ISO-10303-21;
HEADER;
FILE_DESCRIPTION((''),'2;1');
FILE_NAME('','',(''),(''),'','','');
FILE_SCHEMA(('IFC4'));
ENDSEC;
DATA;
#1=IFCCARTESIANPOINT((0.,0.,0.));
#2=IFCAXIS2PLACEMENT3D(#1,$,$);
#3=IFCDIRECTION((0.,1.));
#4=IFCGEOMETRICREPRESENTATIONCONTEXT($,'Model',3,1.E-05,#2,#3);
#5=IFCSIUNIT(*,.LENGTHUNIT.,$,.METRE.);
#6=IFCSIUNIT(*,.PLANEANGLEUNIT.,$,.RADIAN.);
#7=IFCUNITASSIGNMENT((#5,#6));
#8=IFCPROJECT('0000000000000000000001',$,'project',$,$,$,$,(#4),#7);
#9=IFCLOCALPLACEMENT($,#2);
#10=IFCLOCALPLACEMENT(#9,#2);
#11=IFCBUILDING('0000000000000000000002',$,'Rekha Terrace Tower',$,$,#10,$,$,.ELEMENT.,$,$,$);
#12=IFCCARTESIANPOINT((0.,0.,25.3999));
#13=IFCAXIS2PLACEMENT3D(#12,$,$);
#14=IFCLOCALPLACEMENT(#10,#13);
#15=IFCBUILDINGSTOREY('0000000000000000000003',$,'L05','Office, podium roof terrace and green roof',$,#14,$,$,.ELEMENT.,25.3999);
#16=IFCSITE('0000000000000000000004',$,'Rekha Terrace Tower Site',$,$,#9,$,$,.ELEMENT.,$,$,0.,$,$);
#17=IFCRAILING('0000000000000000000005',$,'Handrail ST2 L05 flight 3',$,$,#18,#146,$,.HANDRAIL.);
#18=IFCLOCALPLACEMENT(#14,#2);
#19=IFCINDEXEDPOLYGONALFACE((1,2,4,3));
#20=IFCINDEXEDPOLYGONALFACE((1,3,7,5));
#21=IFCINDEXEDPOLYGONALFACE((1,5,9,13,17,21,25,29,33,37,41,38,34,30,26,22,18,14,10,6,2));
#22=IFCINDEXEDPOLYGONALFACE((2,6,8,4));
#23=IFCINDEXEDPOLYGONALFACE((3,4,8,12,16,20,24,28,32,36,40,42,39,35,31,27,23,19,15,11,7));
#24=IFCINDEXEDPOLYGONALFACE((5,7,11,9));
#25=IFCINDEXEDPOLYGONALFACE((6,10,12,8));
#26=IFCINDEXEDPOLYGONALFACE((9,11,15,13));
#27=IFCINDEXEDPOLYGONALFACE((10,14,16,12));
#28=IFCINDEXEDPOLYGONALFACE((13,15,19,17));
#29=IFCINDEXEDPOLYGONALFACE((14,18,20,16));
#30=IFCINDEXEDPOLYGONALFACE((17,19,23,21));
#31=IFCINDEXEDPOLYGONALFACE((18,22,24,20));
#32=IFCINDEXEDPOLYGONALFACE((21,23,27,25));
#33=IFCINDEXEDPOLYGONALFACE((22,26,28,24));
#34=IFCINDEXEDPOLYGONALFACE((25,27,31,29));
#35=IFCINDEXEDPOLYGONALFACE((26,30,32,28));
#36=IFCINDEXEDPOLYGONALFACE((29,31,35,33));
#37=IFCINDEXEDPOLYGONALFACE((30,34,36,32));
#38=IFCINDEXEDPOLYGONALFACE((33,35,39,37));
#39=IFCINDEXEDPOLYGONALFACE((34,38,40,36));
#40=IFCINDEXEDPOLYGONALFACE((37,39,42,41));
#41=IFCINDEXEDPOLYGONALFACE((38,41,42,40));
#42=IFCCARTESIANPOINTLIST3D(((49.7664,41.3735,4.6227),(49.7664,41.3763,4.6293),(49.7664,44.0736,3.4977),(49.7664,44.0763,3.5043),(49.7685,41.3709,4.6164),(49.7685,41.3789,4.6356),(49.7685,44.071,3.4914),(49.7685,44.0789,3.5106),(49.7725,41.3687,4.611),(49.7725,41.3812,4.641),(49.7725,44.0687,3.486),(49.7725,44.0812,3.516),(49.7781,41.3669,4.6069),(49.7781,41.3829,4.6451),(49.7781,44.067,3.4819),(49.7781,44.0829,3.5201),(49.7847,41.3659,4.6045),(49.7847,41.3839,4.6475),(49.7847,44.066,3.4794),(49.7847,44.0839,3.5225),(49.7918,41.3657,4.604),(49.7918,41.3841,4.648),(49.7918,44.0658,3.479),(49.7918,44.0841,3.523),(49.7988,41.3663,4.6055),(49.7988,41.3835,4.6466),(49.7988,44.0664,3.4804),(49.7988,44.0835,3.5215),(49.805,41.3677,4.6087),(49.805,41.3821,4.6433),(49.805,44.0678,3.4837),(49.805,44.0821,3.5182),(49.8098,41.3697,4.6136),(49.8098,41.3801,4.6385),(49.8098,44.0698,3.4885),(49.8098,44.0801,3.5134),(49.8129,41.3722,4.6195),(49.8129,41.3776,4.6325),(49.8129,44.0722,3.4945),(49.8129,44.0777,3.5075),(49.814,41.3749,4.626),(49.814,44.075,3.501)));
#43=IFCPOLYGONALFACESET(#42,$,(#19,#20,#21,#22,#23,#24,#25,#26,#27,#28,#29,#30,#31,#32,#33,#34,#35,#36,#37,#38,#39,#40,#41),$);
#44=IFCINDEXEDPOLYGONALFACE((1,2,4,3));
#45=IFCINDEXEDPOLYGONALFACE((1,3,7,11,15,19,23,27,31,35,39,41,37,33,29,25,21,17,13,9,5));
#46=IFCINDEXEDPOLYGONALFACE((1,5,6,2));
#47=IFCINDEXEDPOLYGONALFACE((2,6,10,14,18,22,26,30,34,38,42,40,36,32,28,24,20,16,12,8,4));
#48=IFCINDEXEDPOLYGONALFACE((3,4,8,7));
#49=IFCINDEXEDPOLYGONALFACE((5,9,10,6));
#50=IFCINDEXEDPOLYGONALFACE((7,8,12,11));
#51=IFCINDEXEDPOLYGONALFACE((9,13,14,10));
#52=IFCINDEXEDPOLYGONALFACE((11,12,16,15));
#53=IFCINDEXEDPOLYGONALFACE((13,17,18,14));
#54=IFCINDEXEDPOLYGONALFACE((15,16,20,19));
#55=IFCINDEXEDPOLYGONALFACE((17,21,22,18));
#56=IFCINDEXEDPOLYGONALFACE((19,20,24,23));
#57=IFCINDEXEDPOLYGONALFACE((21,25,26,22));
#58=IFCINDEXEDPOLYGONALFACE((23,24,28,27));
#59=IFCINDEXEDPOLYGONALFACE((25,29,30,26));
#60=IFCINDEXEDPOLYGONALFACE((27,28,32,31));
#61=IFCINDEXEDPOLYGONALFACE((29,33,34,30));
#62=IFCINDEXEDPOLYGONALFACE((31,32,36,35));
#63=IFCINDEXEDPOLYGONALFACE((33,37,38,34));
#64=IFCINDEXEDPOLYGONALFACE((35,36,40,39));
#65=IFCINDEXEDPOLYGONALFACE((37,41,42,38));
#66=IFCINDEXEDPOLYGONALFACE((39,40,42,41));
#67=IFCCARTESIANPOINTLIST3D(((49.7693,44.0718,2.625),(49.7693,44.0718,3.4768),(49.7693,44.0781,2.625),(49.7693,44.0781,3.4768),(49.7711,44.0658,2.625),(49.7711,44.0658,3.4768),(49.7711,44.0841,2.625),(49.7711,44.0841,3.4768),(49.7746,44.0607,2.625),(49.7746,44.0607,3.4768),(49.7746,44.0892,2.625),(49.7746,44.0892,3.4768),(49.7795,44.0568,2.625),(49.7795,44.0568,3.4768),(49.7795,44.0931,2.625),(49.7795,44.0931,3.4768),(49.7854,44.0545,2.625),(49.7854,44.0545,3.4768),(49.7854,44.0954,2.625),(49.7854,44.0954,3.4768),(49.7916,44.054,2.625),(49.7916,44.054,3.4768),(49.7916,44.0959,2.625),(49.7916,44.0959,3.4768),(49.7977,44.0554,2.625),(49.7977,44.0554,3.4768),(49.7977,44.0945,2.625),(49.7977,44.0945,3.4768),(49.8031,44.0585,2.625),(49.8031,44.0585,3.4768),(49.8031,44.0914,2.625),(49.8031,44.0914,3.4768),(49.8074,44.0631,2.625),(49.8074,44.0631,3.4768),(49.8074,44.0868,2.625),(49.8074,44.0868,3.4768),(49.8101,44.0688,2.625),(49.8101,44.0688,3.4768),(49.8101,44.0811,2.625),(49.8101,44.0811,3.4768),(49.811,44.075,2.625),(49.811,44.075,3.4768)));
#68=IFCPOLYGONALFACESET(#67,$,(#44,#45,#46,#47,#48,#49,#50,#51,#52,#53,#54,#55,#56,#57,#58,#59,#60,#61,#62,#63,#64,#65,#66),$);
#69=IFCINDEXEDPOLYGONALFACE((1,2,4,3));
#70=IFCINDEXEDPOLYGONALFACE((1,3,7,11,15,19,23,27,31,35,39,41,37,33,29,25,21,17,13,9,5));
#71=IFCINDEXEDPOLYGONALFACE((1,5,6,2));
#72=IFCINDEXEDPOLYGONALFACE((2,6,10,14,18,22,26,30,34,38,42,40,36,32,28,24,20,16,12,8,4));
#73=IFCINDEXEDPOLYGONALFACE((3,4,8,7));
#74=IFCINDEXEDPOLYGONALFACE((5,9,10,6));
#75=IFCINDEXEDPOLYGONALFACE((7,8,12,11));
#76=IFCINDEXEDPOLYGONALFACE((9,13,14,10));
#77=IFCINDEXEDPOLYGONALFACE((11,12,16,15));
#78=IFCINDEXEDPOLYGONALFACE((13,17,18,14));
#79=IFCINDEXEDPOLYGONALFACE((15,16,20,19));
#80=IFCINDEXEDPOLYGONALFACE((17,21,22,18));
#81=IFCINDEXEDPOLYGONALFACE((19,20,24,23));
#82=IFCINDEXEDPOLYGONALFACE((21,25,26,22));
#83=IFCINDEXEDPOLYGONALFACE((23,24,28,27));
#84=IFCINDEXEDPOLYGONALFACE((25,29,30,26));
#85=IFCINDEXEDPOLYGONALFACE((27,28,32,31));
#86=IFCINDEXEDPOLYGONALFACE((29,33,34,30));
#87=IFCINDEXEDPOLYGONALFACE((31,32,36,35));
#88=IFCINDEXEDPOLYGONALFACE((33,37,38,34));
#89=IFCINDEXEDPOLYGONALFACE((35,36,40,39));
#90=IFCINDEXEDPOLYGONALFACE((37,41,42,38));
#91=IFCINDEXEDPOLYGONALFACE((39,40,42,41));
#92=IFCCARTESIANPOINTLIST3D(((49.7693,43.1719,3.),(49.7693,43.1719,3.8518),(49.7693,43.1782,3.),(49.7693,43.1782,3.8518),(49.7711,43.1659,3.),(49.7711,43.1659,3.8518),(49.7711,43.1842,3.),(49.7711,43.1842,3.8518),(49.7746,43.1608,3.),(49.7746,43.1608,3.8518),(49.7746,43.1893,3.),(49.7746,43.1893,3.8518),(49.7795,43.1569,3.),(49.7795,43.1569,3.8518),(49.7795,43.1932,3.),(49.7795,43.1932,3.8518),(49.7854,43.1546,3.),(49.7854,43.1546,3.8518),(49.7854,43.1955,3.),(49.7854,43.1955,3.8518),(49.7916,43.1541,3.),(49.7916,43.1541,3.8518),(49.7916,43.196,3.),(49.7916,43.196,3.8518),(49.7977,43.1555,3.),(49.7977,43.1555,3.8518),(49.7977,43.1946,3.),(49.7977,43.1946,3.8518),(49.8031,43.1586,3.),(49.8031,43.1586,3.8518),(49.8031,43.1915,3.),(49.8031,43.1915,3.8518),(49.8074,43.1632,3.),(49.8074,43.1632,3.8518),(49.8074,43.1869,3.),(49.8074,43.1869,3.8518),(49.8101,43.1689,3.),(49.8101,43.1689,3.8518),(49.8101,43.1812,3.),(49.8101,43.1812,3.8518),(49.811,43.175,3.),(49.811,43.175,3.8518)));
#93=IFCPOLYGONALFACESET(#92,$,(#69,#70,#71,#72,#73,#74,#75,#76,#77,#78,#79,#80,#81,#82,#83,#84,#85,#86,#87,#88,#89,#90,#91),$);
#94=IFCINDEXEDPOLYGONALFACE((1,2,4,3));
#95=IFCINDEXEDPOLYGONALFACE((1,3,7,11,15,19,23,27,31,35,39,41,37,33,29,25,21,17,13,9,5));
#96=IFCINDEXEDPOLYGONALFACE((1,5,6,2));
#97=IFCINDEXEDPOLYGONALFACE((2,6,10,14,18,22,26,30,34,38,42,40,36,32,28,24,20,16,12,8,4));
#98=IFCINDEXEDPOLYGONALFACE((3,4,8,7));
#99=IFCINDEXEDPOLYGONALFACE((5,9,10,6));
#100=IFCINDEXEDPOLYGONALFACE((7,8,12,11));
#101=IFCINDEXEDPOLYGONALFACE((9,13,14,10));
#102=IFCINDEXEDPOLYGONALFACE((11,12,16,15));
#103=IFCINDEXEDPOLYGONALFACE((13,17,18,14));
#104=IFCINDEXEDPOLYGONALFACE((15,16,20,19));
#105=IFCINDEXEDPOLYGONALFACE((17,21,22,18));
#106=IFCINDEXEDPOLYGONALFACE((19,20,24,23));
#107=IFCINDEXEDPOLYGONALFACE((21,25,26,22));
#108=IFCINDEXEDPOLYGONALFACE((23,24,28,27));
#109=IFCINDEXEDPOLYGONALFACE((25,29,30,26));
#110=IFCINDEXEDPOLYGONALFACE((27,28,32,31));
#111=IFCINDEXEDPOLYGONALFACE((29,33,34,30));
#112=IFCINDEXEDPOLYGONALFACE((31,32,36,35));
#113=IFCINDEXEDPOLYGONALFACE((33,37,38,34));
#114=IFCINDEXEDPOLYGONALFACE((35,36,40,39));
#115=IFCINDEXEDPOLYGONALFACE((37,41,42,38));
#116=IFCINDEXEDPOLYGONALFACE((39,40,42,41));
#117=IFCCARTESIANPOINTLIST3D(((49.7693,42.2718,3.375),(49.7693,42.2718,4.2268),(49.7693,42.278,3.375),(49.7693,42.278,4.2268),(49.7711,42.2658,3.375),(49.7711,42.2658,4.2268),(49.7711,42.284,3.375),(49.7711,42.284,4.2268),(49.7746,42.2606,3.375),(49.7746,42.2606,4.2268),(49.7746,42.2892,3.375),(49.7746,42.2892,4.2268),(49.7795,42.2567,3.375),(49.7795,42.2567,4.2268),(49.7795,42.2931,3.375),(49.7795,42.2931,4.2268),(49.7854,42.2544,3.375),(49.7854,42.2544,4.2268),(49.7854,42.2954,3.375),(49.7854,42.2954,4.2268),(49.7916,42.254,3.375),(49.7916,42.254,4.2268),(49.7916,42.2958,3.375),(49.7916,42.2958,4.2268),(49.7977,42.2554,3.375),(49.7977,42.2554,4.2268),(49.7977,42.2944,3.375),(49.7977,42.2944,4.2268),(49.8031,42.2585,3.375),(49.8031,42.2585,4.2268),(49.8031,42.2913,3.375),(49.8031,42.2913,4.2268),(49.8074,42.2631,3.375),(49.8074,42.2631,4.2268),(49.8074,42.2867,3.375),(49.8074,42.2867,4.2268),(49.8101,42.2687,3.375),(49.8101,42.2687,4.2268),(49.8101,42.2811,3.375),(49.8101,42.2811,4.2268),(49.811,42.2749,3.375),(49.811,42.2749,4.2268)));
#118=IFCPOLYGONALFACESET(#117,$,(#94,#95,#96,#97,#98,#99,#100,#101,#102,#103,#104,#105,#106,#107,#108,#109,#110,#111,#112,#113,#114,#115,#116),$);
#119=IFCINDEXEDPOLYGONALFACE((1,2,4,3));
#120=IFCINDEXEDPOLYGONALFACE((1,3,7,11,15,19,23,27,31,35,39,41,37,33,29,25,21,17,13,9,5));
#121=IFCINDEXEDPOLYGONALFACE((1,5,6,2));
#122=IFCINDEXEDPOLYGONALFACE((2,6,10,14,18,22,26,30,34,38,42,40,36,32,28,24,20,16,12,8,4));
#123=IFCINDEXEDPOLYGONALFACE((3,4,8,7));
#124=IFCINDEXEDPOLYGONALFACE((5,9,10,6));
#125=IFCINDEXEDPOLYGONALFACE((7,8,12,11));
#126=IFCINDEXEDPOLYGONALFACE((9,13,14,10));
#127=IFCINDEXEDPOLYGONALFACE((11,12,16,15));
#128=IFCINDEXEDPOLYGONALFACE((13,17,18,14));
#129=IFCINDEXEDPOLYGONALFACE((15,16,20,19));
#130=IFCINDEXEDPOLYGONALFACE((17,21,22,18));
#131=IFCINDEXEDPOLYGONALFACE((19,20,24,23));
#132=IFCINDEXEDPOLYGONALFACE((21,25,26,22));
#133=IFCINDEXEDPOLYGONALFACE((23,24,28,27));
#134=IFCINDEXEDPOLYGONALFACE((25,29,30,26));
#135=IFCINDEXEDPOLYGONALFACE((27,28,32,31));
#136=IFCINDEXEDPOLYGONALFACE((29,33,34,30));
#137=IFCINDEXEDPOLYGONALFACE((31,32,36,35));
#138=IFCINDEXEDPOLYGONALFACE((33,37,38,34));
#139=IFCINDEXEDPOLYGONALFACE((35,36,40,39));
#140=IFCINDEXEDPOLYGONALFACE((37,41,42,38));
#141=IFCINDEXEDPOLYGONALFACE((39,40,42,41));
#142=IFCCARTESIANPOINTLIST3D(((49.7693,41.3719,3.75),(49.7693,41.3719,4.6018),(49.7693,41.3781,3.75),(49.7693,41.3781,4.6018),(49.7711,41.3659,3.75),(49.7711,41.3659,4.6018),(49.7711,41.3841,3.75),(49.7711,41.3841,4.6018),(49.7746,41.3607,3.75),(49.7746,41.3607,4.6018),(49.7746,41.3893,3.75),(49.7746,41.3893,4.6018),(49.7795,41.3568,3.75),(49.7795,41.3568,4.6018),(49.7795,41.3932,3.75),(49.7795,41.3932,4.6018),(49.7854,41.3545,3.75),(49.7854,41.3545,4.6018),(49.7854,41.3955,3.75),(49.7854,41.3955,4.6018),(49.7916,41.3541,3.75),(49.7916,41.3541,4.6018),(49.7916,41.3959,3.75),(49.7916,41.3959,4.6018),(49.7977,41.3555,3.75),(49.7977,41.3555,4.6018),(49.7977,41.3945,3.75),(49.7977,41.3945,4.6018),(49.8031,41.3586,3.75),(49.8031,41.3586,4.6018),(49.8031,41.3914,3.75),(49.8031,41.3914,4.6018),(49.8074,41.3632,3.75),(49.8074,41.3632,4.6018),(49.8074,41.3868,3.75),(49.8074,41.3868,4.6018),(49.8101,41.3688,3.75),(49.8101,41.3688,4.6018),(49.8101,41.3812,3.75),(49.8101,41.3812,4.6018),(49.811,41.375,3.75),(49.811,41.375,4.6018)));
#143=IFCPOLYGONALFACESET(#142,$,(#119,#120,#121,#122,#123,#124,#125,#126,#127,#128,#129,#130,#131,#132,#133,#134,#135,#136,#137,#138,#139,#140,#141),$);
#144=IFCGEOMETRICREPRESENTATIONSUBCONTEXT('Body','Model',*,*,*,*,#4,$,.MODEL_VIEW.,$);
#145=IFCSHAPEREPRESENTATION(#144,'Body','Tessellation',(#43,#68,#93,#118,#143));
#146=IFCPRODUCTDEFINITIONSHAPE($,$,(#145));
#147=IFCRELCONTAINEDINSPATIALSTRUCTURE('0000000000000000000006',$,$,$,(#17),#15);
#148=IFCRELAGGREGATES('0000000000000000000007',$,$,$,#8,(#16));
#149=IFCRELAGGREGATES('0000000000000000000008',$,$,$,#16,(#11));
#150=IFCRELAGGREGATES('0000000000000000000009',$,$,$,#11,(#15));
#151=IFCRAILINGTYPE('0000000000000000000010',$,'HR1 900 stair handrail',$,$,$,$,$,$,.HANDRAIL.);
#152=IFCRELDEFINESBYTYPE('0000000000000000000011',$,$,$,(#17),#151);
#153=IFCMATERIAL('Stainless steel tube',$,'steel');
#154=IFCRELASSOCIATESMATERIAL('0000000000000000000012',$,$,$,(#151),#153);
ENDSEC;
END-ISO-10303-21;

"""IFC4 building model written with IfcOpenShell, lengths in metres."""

from ifc_helpers import new_model, si_unit, direction, frame, origin, origin_2d, place, context, subcontext, project, spatial, circle, extrude, material, type_object, element, save


model = new_model("IFC4")

# Units and contexts
model_context = context("Model", 3, precision=1e-05, world=origin(), true_north=direction((0.0, 1.0)))
body_context = subcontext(model_context, "Body", "Model", "MODEL_VIEW")
ifc_project = project(units=[si_unit("LENGTHUNIT", "METRE"), si_unit("PLANEANGLEUNIT", "RADIAN")], contexts=[model_context])

# Site, building, storey
site_placement = place(None, origin())
site = spatial("IfcSite", under=ifc_project, at=site_placement, Name="Rekha Terrace Tower Site", CompositionType="ELEMENT", RefElevation=0.0)
building_placement = place(site_placement, origin())
building = spatial("IfcBuilding", under=site, at=building_placement, Name="Rekha Terrace Tower", CompositionType="ELEMENT")
storey_placement = place(building_placement, frame((0.0, 0.0, 25.3999)))
storey = spatial("IfcBuildingStorey", under=building, at=storey_placement, Name="L05", Description="Office, podium roof terrace and green roof", CompositionType="ELEMENT", Elevation=25.3999)

# Railing
ifc_material_1 = material(Name="Stainless steel tube", Category="steel")
railing_type_1 = type_object("IfcRailingType", Name="HR1 900 stair handrail", PredefinedType="HANDRAIL", material=ifc_material_1)
railing_1_placement = place(storey_placement, frame((49.79, 44.075, 2.625)))
element("IfcRailing", 1, at=railing_1_placement, inside=storey, type_object=railing_type_1, Name="Handrail ST2 L05 flight 3", PredefinedType="HANDRAIL", context=body_context, shape_type="SweptSolid", body=[
    extrude(circle(Radius=0.0239, at=origin_2d()), frame((0.0, 0.0, 0.876), z_axis=(0.0, -0.923074, 0.384621), x_axis=(1.0, 0.0, 0.0)), (0.0, 0.0, 1.0), 2.925),
    extrude(circle(Radius=0.021, at=origin_2d()), origin(), (0.0, 0.0, 1.0), 0.8518),
    extrude(circle(Radius=0.021, at=origin_2d()), frame((0.0, -0.8999, 0.375)), (0.0, 0.0, 1.0), 0.8518),
    extrude(circle(Radius=0.021, at=origin_2d()), frame((0.0, -1.8, 0.75)), (0.0, 0.0, 1.0), 0.8518),
    extrude(circle(Radius=0.021, at=origin_2d()), frame((0.0, -2.7, 1.125)), (0.0, 0.0, 1.0), 0.8518),
])

save(model, "model.ifc")
